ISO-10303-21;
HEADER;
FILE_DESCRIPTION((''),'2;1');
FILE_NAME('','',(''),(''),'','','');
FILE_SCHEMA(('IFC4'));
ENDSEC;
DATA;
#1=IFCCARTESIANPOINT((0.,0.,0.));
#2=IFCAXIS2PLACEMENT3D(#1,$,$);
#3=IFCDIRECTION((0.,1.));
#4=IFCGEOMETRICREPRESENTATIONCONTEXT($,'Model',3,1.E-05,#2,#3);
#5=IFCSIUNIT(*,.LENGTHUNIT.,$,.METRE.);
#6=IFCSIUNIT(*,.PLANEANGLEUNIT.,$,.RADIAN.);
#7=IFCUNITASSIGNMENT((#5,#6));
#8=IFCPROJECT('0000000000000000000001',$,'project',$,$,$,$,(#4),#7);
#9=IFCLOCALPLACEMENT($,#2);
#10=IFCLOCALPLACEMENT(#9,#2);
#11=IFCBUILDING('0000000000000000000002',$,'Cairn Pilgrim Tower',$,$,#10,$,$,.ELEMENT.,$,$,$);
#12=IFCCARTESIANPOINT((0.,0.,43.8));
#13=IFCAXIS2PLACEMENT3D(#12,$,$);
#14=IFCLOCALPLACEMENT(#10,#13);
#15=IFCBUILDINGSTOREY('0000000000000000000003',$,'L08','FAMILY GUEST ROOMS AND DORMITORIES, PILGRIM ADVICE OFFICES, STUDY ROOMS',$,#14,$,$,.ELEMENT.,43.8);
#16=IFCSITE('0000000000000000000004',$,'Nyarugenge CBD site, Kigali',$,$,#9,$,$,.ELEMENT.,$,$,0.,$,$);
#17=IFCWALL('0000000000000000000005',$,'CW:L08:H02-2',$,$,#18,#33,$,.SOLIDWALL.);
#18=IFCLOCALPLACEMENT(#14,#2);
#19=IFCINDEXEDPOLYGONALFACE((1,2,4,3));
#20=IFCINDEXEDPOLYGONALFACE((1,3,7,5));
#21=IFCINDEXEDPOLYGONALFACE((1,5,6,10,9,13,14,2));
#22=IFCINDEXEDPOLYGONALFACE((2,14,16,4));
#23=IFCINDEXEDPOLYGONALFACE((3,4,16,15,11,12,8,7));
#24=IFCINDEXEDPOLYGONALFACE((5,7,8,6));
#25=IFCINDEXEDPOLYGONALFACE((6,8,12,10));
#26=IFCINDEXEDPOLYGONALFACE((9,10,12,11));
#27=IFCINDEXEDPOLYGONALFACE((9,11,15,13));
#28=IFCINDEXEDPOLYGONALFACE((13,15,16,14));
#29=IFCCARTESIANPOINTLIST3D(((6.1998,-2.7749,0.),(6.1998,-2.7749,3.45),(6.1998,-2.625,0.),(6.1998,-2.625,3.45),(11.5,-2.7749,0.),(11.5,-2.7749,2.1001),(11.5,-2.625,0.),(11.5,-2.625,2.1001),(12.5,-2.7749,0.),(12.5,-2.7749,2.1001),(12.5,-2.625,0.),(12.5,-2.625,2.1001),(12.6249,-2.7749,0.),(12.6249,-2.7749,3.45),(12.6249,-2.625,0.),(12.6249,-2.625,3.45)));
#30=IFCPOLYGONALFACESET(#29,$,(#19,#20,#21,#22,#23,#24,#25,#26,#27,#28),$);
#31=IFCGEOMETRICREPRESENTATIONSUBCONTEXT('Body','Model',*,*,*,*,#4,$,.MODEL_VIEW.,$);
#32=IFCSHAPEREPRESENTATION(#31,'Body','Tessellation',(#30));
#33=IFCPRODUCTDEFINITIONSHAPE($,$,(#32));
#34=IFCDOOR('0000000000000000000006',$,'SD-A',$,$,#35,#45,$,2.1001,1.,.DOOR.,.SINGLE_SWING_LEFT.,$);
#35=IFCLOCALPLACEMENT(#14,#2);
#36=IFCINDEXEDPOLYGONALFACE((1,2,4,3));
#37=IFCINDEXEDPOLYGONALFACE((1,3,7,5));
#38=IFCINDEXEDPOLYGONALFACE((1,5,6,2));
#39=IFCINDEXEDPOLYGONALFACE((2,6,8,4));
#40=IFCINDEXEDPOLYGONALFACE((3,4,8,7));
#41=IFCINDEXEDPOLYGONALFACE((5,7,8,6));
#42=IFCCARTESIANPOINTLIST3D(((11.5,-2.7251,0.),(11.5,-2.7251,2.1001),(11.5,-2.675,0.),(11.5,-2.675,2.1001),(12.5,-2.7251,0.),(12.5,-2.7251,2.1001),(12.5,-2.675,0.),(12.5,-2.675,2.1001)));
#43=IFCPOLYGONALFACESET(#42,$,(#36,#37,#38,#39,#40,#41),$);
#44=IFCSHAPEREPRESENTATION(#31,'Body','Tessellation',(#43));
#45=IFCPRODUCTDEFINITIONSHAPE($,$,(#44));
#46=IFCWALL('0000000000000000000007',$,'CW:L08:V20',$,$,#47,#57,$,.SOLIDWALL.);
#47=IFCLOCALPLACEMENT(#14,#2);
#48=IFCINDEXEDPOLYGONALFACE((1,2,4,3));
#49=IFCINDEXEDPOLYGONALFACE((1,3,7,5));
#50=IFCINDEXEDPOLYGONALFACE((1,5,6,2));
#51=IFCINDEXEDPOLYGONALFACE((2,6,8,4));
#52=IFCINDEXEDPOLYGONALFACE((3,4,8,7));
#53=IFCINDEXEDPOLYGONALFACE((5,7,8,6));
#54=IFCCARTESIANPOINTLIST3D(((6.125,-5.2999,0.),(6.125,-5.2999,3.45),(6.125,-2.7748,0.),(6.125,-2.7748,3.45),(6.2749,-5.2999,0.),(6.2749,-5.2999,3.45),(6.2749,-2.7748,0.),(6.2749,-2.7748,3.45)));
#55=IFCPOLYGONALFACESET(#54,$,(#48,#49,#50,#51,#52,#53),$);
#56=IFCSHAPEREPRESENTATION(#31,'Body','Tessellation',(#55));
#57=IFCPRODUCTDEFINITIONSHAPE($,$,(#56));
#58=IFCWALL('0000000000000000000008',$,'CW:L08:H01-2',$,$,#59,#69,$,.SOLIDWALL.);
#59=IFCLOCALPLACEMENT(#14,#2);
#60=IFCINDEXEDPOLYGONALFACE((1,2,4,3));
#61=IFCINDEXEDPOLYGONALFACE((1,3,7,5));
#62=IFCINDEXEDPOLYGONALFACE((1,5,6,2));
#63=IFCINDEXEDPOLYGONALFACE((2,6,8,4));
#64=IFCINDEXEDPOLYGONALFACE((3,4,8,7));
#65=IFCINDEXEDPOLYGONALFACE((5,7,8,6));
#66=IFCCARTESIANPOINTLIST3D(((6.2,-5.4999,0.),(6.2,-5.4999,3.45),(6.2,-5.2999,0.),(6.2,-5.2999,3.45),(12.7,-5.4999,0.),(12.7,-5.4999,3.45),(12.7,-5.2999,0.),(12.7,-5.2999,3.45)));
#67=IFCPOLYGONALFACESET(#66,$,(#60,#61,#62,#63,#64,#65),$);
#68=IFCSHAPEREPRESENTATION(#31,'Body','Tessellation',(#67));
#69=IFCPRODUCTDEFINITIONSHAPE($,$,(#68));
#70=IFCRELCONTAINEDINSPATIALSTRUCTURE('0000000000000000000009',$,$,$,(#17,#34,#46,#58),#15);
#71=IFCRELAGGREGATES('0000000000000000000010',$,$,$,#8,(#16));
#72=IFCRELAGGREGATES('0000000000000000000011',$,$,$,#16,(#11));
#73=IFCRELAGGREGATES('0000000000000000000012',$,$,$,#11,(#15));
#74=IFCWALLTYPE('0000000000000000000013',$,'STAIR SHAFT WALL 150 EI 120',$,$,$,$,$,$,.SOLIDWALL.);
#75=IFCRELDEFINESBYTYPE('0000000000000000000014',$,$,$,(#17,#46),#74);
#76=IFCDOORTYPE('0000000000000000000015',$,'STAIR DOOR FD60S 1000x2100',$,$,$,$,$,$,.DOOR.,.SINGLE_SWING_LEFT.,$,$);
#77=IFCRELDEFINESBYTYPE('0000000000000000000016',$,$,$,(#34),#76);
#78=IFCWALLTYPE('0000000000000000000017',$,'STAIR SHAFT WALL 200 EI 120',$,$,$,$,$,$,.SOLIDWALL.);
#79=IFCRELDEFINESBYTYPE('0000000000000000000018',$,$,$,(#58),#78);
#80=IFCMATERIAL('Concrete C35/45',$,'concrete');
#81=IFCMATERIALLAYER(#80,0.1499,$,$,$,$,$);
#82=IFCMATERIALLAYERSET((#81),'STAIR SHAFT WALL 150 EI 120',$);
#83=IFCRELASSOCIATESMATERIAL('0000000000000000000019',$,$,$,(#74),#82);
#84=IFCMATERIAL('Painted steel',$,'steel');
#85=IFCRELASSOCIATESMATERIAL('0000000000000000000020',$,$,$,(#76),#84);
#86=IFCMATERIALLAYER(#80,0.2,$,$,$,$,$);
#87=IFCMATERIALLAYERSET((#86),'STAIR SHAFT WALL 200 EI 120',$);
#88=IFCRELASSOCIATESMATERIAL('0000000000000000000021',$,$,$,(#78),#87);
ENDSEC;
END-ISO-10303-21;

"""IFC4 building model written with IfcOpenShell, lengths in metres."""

from ifc_helpers import new_model, si_unit, direction, frame, frame_2d, origin, place, context, subcontext, project, spatial, rectangle, extrude, material, layer, layer_set, type_object, element, fill, save


model = new_model("IFC4")

# Units and contexts
model_context = context("Model", 3, precision=1e-05, world=origin(), true_north=direction((0.0, 1.0)))
body_context = subcontext(model_context, "Body", "Model", "MODEL_VIEW")
ifc_project = project(units=[si_unit("LENGTHUNIT", "METRE"), si_unit("PLANEANGLEUNIT", "RADIAN")], contexts=[model_context])

# Site, building, storey
site_placement = place(None, origin())
site = spatial("IfcSite", under=ifc_project, at=site_placement, Name="Nyarugenge CBD site, Kigali", CompositionType="ELEMENT", RefElevation=0.0)
building_placement = place(site_placement, origin())
building = spatial("IfcBuilding", under=site, at=building_placement, Name="Cairn Pilgrim Tower", CompositionType="ELEMENT")
storey_placement = place(building_placement, frame((0.0, 0.0, 43.8)))
storey = spatial("IfcBuildingStorey", under=building, at=storey_placement, Name="L08", Description="FAMILY GUEST ROOMS AND DORMITORIES, PILGRIM ADVICE OFFICES, STUDY ROOMS", CompositionType="ELEMENT", Elevation=43.8)

# Wall, opening, door
ifc_material_1 = material(Name="Concrete C35/45", Category="concrete")
ifc_layer_1 = layer(ifc_material_1, 0.1499)
ifc_layer_set_1 = layer_set([ifc_layer_1], Name="STAIR SHAFT WALL 150 EI 120")
wall_type_1 = type_object("IfcWallType", Name="STAIR SHAFT WALL 150 EI 120", PredefinedType="SOLIDWALL", material=ifc_layer_set_1)
wall_1_placement = place(storey_placement, frame((6.2, -2.7, 0.0), z_axis=(0.0, 0.0, 1.0), x_axis=(1.0, 0.0, 0.0)))
wall_1 = element("IfcWall", 1, at=wall_1_placement, inside=storey, type_object=wall_type_1, Name="CW:L08:H02-2", PredefinedType="SOLIDWALL", context=body_context, shape_type="SweptSolid", body=[
    extrude(rectangle(XDim=6.425, YDim=0.1499, at=frame_2d((3.2124, 0.0))), origin(), (0.0, 0.0, 1.0), 3.45),
])
opening_placement = place(wall_1_placement, frame((5.3, 0.0, 0.0)))
opening = element("IfcOpeningElement", 2, at=opening_placement, cuts=wall_1, PredefinedType="OPENING", context=body_context, shape_type="SweptSolid", body=[
    extrude(rectangle(XDim=1.0, YDim=2.1001, at=frame_2d((0.5, 1.05))), frame((0.0, 0.085, 0.0), z_axis=(0.0, -1.0, 0.0), x_axis=(1.0, 0.0, 0.0)), (0.0, 0.0, 1.0), 0.1699),
])
ifc_material_2 = material(Name="Painted steel", Category="steel")
door_type = type_object("IfcDoorType", Name="STAIR DOOR FD60S 1000x2100", OperationType="SINGLE_SWING_LEFT", PredefinedType="DOOR", material=ifc_material_2)
door_placement = place(opening_placement, origin())
door = element("IfcDoor", 3, at=door_placement, inside=storey, type_object=door_type, Name="SD-A", OperationType="SINGLE_SWING_LEFT", OverallHeight=2.1001, OverallWidth=1.0, PredefinedType="DOOR", context=body_context, shape_type="SweptSolid", body=[
    extrude(rectangle(XDim=1.0, YDim=2.1001, at=frame_2d((0.5, 1.05))), frame((0.0, 0.0249, 0.0), z_axis=(0.0, -1.0, 0.0), x_axis=(1.0, 0.0, 0.0)), (0.0, 0.0, 1.0), 0.05),
])
fill(opening, door)

# Walls
wall_2_placement = place(storey_placement, frame((6.2, -5.3, 0.0), z_axis=(0.0, 0.0, 1.0), x_axis=(0.0, 1.0, 0.0)))
element("IfcWall", 4, at=wall_2_placement, inside=storey, type_object=wall_type_1, Name="CW:L08:V20", PredefinedType="SOLIDWALL", context=body_context, shape_type="SweptSolid", body=[
    extrude(rectangle(XDim=2.5251, YDim=0.1499, at=frame_2d((1.2627, 0.0))), origin(), (0.0, 0.0, 1.0), 3.45),
])
ifc_layer_2 = layer(ifc_material_1, 0.2)
ifc_layer_set_2 = layer_set([ifc_layer_2], Name="STAIR SHAFT WALL 200 EI 120")
wall_type_2 = type_object("IfcWallType", Name="STAIR SHAFT WALL 200 EI 120", PredefinedType="SOLIDWALL", material=ifc_layer_set_2)
wall_3_placement = place(storey_placement, frame((6.2, -5.3999, 0.0), z_axis=(0.0, 0.0, 1.0), x_axis=(1.0, 0.0, 0.0)))
element("IfcWall", 5, at=wall_3_placement, inside=storey, type_object=wall_type_2, Name="CW:L08:H01-2", PredefinedType="SOLIDWALL", context=body_context, shape_type="SweptSolid", body=[
    extrude(rectangle(XDim=6.5, YDim=0.2, at=frame_2d((3.25, 0.0))), origin(), (0.0, 0.0, 1.0), 3.45),
])

save(model, "model.ifc")
